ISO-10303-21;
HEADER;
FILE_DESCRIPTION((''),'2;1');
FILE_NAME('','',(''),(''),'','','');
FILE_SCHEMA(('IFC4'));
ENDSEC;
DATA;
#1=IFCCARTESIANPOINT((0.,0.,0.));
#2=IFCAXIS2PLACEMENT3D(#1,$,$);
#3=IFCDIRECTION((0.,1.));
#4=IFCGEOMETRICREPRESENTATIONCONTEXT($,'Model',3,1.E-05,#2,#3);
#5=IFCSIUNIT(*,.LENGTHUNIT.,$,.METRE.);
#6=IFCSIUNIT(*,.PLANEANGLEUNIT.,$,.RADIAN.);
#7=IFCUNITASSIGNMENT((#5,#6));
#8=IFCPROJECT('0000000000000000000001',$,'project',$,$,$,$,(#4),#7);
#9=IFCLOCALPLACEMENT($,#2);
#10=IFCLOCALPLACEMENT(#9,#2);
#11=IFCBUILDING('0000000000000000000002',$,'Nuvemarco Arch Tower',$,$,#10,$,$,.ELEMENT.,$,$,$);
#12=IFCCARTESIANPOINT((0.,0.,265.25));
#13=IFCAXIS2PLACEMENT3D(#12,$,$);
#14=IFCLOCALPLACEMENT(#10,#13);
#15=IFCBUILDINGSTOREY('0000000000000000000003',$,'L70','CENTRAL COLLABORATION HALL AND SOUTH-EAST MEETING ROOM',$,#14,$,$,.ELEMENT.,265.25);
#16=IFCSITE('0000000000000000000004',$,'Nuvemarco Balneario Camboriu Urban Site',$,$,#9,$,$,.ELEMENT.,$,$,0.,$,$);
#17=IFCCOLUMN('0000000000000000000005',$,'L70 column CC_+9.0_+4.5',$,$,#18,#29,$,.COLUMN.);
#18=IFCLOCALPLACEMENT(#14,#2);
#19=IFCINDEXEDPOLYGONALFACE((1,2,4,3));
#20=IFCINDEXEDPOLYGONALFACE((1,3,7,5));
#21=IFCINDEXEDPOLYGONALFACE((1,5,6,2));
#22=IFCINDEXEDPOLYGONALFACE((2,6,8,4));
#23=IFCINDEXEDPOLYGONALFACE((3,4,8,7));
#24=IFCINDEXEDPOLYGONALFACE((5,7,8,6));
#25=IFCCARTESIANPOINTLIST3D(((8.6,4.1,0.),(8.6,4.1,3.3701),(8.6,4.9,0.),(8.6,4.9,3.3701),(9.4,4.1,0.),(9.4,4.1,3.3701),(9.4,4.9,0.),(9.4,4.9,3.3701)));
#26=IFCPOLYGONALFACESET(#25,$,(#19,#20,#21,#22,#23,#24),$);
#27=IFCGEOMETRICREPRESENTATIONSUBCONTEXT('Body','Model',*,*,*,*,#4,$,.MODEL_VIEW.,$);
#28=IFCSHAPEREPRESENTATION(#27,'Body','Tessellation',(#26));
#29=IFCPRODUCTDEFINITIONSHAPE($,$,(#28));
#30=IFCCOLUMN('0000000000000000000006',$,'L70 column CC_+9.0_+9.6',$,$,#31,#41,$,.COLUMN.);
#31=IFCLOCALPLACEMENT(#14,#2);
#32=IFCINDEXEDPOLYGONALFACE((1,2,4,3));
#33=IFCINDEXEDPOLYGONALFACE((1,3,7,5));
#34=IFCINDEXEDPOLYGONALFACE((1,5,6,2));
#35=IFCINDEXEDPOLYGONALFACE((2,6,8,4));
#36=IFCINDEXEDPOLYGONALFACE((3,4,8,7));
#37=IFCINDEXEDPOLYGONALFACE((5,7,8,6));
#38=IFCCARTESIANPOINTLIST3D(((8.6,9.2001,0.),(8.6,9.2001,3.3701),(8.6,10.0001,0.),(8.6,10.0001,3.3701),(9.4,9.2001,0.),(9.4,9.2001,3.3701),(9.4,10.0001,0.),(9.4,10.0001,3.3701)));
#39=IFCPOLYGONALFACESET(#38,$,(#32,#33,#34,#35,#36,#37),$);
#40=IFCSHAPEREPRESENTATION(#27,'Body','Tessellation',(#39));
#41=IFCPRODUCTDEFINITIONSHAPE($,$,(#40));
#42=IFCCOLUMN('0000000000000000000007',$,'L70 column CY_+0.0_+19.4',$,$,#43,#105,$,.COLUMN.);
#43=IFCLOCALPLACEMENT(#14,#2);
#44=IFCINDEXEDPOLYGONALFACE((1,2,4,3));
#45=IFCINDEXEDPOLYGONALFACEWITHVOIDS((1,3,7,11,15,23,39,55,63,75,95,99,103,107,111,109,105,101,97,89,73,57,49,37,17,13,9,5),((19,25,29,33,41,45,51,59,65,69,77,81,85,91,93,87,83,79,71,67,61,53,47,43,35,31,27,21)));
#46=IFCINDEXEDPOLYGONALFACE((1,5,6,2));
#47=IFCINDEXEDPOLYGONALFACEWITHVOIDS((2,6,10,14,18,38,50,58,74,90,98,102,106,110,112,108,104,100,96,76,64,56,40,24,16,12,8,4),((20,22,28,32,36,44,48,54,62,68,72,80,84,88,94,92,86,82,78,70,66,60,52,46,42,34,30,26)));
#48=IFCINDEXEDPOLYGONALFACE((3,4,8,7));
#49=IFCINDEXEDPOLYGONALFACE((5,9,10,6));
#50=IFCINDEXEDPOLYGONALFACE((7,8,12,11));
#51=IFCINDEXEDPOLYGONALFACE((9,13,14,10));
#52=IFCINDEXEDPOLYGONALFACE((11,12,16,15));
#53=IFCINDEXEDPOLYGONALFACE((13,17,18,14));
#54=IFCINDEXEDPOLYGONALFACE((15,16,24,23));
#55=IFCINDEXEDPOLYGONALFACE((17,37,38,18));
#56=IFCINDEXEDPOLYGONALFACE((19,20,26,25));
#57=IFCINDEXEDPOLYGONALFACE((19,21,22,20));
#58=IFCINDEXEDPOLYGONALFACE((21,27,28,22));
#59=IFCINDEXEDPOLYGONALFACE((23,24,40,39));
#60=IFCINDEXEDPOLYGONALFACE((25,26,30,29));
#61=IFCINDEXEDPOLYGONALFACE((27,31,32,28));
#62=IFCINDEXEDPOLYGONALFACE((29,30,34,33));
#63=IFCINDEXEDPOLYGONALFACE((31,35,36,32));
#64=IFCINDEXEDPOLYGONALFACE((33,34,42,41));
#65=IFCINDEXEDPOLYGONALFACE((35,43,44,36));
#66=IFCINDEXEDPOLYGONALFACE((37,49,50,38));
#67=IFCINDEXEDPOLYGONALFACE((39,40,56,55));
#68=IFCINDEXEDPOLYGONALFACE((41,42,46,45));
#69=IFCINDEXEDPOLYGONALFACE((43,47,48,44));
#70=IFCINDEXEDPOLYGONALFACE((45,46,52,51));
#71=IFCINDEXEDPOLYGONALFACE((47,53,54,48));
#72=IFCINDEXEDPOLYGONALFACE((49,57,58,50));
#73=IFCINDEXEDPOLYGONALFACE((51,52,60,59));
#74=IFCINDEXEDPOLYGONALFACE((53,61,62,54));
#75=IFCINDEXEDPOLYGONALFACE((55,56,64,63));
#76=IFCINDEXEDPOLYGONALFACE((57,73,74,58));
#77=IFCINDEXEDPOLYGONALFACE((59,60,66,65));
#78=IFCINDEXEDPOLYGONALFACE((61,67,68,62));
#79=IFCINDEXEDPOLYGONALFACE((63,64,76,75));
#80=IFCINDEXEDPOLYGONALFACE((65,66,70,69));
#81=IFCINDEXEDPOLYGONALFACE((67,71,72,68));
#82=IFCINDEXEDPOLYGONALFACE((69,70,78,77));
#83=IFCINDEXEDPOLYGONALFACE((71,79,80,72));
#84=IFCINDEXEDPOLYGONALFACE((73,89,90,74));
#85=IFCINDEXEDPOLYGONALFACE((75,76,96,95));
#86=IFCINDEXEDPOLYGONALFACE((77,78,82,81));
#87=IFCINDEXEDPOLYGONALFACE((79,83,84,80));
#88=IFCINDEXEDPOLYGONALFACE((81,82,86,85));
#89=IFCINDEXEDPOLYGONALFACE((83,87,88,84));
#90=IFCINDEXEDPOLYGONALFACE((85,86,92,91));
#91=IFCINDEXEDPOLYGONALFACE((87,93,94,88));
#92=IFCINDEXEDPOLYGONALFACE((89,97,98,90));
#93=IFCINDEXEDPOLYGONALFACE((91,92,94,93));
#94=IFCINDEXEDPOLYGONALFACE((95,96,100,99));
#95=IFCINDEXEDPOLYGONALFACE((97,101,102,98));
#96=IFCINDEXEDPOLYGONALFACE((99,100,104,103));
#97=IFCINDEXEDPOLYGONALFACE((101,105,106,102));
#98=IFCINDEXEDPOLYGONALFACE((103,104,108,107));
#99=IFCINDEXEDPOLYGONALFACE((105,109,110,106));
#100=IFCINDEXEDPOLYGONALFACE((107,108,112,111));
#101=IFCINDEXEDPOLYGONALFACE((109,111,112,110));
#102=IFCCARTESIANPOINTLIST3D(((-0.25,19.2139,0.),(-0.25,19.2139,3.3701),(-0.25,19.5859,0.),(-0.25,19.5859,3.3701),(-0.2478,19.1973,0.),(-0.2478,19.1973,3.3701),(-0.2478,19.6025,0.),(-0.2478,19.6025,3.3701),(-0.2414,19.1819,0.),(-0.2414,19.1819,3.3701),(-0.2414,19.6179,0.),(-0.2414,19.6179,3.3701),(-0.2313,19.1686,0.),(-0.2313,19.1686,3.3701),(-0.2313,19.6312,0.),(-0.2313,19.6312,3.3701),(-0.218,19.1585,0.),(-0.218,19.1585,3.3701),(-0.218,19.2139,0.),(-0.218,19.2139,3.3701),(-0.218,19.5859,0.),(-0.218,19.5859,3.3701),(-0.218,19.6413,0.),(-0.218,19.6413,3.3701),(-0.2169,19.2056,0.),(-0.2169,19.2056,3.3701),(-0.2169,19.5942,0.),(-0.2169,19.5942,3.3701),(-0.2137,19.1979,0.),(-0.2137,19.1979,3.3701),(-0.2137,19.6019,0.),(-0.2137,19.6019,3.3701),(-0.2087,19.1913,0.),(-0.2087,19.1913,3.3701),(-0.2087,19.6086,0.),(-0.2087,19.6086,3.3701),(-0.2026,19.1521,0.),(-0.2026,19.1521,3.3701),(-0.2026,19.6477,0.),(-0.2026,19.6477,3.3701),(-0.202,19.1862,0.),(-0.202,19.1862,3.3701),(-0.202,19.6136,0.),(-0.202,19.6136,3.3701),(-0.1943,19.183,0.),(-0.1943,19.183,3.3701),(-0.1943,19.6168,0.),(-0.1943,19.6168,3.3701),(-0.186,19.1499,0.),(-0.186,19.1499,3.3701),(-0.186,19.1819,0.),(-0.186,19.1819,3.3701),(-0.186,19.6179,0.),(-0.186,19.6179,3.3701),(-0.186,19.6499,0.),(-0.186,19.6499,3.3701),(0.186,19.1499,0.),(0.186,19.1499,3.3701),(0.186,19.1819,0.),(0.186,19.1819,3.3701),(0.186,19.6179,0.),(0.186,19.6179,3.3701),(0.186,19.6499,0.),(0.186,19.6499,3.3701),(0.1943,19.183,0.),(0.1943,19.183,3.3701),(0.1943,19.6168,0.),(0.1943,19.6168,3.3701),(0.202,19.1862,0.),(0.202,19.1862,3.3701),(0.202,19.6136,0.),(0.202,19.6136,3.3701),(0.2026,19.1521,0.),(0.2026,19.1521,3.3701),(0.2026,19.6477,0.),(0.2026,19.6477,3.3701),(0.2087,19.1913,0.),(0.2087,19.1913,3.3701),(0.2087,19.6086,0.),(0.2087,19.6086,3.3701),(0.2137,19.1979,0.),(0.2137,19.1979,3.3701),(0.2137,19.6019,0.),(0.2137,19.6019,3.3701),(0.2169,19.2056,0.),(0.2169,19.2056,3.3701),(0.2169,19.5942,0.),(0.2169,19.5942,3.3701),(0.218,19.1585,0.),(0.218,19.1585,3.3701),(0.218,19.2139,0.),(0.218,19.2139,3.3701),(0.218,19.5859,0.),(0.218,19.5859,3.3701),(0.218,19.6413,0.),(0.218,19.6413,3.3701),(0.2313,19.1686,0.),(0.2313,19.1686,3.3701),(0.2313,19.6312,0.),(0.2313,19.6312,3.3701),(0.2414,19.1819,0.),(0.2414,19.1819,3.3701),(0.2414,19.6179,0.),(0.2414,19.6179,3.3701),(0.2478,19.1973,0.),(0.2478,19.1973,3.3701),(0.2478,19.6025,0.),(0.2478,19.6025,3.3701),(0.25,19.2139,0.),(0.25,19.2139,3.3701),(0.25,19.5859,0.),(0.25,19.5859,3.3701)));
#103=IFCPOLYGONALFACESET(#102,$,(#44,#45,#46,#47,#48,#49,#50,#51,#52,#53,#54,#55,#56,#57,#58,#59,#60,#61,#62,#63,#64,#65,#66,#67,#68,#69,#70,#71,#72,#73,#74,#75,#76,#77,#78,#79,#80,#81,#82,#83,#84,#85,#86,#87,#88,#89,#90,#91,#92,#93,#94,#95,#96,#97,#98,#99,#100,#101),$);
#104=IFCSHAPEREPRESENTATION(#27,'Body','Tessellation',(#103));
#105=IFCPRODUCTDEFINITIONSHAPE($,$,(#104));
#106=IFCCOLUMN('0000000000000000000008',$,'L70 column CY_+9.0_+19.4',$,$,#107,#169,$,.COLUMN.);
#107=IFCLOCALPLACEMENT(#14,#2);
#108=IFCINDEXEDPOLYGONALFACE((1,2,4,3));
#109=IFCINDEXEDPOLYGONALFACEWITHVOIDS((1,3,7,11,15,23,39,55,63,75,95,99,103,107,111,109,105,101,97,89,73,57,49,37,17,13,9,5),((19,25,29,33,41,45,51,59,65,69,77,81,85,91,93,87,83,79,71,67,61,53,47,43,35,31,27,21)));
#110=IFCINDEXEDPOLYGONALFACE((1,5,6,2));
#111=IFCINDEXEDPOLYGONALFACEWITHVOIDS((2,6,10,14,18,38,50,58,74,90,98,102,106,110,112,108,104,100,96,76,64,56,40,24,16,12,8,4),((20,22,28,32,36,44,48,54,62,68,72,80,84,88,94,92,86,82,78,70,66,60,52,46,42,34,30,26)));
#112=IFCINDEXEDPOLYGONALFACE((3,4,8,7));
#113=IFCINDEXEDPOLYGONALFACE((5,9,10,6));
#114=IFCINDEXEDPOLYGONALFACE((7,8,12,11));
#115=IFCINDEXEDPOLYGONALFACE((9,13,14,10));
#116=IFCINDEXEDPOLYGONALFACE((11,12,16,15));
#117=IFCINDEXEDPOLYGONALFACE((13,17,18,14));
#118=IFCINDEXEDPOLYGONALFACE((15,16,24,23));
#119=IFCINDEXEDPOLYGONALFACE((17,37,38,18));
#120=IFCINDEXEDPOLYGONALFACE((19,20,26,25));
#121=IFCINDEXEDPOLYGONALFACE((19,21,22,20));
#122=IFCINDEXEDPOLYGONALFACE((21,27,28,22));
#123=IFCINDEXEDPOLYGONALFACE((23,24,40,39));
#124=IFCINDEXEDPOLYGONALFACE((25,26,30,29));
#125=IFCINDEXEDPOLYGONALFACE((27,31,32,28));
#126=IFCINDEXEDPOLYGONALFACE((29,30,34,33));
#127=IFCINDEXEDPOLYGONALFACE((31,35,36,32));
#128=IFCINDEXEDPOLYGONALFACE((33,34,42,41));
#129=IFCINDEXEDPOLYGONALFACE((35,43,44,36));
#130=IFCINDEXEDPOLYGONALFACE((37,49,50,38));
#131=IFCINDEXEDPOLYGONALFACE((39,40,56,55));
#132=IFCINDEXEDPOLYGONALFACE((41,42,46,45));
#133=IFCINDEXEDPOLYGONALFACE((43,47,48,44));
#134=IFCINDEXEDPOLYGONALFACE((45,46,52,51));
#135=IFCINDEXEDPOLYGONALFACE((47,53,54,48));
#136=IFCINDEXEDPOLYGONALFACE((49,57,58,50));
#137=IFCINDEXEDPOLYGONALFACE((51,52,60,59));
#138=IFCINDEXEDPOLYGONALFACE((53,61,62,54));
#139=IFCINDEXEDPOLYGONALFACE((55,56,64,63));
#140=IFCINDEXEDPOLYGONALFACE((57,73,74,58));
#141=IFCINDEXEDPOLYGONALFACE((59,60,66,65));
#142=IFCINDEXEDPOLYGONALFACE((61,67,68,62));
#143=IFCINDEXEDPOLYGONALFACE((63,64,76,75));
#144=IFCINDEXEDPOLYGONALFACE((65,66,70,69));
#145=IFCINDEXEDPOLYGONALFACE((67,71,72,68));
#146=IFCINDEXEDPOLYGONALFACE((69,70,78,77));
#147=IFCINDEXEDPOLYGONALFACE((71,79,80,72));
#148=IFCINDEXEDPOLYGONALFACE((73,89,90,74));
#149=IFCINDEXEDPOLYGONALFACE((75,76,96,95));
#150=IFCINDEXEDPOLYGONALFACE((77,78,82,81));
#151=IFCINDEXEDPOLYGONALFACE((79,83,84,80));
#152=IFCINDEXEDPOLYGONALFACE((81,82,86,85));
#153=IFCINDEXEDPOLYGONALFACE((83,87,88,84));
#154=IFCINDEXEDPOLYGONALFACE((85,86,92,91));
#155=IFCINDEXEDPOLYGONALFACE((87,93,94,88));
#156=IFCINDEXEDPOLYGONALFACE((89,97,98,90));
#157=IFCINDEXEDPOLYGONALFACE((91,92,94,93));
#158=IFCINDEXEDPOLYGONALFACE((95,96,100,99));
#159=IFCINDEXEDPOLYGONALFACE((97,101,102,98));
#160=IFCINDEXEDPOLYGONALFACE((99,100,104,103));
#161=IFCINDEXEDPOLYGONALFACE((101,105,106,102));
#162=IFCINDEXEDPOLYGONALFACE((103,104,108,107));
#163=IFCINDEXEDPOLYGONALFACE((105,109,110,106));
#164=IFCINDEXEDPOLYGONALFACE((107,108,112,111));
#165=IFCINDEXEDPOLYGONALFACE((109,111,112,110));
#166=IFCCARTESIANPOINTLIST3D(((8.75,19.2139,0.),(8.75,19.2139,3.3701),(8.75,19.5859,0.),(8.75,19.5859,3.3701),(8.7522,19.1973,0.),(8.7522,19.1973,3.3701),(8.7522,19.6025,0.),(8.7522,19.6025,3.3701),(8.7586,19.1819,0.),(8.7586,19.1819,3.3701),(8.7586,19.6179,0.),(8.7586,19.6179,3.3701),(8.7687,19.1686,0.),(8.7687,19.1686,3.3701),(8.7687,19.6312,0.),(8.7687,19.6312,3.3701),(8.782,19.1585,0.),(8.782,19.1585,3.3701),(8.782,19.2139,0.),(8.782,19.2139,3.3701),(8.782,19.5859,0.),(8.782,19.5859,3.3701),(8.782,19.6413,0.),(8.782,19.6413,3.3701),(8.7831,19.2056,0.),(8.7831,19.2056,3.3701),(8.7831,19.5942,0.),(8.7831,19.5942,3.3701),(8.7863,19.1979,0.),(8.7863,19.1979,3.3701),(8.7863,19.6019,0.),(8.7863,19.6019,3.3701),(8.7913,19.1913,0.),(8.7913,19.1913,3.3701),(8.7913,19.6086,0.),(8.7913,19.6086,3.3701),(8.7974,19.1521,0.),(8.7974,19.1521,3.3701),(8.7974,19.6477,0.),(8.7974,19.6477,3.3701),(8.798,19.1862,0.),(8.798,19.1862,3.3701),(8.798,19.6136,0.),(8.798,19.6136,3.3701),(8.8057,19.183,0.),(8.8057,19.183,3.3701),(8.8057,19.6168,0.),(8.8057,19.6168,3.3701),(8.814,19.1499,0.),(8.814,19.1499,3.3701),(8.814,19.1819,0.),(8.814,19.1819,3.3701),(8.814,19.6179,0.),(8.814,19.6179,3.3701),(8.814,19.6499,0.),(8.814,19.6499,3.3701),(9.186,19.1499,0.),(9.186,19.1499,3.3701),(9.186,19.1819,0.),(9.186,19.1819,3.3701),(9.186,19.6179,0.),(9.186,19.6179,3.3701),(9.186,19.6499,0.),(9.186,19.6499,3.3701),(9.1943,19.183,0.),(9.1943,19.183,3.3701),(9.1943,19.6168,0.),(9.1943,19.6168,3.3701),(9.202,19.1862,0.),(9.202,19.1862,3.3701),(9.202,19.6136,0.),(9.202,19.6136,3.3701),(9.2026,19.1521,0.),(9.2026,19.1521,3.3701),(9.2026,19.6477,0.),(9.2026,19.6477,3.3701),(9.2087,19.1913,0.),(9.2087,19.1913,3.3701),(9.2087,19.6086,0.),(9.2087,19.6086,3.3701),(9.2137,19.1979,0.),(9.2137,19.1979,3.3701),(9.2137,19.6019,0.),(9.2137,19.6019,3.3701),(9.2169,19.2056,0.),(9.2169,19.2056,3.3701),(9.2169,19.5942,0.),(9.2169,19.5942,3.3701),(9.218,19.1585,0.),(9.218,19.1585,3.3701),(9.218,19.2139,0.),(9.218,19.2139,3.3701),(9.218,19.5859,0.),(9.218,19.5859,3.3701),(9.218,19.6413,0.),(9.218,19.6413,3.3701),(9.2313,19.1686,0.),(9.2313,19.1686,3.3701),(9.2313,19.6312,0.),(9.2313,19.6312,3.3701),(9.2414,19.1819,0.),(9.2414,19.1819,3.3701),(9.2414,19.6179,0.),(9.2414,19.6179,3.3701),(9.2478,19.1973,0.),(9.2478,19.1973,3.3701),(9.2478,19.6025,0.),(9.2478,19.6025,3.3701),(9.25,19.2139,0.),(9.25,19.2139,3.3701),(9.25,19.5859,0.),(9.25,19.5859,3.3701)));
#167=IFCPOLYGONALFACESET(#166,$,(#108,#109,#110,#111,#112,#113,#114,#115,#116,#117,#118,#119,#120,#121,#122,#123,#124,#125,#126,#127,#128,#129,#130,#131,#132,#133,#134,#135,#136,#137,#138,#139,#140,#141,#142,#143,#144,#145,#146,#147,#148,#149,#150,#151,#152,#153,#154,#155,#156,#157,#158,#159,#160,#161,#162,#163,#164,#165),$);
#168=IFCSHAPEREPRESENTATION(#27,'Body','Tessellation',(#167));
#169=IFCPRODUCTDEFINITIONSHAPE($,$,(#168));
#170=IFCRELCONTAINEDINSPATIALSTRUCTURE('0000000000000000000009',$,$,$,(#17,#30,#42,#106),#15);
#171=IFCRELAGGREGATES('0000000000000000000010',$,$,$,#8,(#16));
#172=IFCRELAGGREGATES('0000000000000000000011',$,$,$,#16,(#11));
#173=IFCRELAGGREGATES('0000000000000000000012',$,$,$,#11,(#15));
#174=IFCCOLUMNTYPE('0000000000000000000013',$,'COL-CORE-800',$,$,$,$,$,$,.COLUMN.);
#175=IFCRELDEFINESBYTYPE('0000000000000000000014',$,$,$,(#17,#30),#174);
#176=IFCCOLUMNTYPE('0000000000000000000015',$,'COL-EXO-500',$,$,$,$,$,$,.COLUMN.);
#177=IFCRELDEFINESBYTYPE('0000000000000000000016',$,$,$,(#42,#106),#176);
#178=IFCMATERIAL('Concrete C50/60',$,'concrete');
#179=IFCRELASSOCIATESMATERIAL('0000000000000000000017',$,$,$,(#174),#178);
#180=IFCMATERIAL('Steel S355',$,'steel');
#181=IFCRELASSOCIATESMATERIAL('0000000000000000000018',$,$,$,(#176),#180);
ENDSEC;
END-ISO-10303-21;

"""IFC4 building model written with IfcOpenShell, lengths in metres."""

from ifc_helpers import new_model, si_unit, direction, frame, origin, origin_2d, place, context, subcontext, project, spatial, rectangle, hollow_rectangle, extrude, material, material_profile, profile_set, type_object, element, save


model = new_model("IFC4")

# Units and contexts
model_context = context("Model", 3, precision=1e-05, world=origin(), true_north=direction((0.0, 1.0)))
body_context = subcontext(model_context, "Body", "Model", "MODEL_VIEW")
ifc_project = project(units=[si_unit("LENGTHUNIT", "METRE"), si_unit("PLANEANGLEUNIT", "RADIAN")], contexts=[model_context])

# Site, building, storey
site_placement = place(None, origin())
site = spatial("IfcSite", under=ifc_project, at=site_placement, Name="Nuvemarco Balneario Camboriu Urban Site", CompositionType="ELEMENT", RefElevation=0.0)
building_placement = place(site_placement, origin())
building = spatial("IfcBuilding", under=site, at=building_placement, Name="Nuvemarco Arch Tower", CompositionType="ELEMENT")
storey_placement = place(building_placement, frame((0.0, 0.0, 265.25)))
storey = spatial("IfcBuildingStorey", under=building, at=storey_placement, Name="L70", Description="CENTRAL COLLABORATION HALL AND SOUTH-EAST MEETING ROOM", CompositionType="ELEMENT", Elevation=265.25)

# Columns
ifc_material_1 = material(Name="Concrete C50/60", Category="concrete")
ifc_material_profile_1 = material_profile(ifc_material_1, rectangle(XDim=0.8, YDim=0.8, at=origin_2d()), Name="RC-COL-800x800")
ifc_profile_set_1 = profile_set([ifc_material_profile_1], Name="Concrete C50/60")
column_type_1 = type_object("IfcColumnType", Name="COL-CORE-800", PredefinedType="COLUMN", material=ifc_profile_set_1)
for number, where, z_axis, x_axis, name in (
    (1, (9.0, 4.5, 0.0), (0.0, 0.0, 1.0), (1.0, 0.0, 0.0), "L70 column CC_+9.0_+4.5"),
    (2, (9.0, 9.6001, 0.0), (0.0, 0.0, 1.0), (1.0, 0.0, 0.0), "L70 column CC_+9.0_+9.6"),
):
    element("IfcColumn", number, at=place(storey_placement, frame(where, z_axis=z_axis, x_axis=x_axis)), inside=storey, type_object=column_type_1, Name=name, PredefinedType="COLUMN", context=body_context, shape_type="SweptSolid", body=[
        extrude(rectangle(XDim=0.8, YDim=0.8, at=origin_2d()), origin(), (0.0, 0.0, 1.0), 3.3701),
    ])
ifc_material_2 = material(Name="Steel S355", Category="steel")
ifc_material_profile_2 = material_profile(ifc_material_2, hollow_rectangle(XDim=0.5, YDim=0.5, WallThickness=0.032, InnerFilletRadius=0.032, OuterFilletRadius=0.064, at=origin_2d()), Name="SHS500x500x32")
ifc_profile_set_2 = profile_set([ifc_material_profile_2], Name="Steel S355")
column_type_2 = type_object("IfcColumnType", Name="COL-EXO-500", PredefinedType="COLUMN", material=ifc_profile_set_2)
for number, where, z_axis, x_axis, name in (
    (3, (0.0, 19.3999, 0.0), (0.0, 0.0, 1.0), (1.0, 0.0, 0.0), "L70 column CY_+0.0_+19.4"),
    (4, (9.0, 19.3999, 0.0), (0.0, 0.0, 1.0), (1.0, 0.0, 0.0), "L70 column CY_+9.0_+19.4"),
):
    element("IfcColumn", number, at=place(storey_placement, frame(where, z_axis=z_axis, x_axis=x_axis)), inside=storey, type_object=column_type_2, Name=name, PredefinedType="COLUMN", context=body_context, shape_type="SweptSolid", body=[
        extrude(hollow_rectangle(XDim=0.5, YDim=0.5, WallThickness=0.032, InnerFilletRadius=0.032, OuterFilletRadius=0.064, at=origin_2d()), origin(), (0.0, 0.0, 1.0), 3.3701),
    ])

save(model, "model.ifc")
